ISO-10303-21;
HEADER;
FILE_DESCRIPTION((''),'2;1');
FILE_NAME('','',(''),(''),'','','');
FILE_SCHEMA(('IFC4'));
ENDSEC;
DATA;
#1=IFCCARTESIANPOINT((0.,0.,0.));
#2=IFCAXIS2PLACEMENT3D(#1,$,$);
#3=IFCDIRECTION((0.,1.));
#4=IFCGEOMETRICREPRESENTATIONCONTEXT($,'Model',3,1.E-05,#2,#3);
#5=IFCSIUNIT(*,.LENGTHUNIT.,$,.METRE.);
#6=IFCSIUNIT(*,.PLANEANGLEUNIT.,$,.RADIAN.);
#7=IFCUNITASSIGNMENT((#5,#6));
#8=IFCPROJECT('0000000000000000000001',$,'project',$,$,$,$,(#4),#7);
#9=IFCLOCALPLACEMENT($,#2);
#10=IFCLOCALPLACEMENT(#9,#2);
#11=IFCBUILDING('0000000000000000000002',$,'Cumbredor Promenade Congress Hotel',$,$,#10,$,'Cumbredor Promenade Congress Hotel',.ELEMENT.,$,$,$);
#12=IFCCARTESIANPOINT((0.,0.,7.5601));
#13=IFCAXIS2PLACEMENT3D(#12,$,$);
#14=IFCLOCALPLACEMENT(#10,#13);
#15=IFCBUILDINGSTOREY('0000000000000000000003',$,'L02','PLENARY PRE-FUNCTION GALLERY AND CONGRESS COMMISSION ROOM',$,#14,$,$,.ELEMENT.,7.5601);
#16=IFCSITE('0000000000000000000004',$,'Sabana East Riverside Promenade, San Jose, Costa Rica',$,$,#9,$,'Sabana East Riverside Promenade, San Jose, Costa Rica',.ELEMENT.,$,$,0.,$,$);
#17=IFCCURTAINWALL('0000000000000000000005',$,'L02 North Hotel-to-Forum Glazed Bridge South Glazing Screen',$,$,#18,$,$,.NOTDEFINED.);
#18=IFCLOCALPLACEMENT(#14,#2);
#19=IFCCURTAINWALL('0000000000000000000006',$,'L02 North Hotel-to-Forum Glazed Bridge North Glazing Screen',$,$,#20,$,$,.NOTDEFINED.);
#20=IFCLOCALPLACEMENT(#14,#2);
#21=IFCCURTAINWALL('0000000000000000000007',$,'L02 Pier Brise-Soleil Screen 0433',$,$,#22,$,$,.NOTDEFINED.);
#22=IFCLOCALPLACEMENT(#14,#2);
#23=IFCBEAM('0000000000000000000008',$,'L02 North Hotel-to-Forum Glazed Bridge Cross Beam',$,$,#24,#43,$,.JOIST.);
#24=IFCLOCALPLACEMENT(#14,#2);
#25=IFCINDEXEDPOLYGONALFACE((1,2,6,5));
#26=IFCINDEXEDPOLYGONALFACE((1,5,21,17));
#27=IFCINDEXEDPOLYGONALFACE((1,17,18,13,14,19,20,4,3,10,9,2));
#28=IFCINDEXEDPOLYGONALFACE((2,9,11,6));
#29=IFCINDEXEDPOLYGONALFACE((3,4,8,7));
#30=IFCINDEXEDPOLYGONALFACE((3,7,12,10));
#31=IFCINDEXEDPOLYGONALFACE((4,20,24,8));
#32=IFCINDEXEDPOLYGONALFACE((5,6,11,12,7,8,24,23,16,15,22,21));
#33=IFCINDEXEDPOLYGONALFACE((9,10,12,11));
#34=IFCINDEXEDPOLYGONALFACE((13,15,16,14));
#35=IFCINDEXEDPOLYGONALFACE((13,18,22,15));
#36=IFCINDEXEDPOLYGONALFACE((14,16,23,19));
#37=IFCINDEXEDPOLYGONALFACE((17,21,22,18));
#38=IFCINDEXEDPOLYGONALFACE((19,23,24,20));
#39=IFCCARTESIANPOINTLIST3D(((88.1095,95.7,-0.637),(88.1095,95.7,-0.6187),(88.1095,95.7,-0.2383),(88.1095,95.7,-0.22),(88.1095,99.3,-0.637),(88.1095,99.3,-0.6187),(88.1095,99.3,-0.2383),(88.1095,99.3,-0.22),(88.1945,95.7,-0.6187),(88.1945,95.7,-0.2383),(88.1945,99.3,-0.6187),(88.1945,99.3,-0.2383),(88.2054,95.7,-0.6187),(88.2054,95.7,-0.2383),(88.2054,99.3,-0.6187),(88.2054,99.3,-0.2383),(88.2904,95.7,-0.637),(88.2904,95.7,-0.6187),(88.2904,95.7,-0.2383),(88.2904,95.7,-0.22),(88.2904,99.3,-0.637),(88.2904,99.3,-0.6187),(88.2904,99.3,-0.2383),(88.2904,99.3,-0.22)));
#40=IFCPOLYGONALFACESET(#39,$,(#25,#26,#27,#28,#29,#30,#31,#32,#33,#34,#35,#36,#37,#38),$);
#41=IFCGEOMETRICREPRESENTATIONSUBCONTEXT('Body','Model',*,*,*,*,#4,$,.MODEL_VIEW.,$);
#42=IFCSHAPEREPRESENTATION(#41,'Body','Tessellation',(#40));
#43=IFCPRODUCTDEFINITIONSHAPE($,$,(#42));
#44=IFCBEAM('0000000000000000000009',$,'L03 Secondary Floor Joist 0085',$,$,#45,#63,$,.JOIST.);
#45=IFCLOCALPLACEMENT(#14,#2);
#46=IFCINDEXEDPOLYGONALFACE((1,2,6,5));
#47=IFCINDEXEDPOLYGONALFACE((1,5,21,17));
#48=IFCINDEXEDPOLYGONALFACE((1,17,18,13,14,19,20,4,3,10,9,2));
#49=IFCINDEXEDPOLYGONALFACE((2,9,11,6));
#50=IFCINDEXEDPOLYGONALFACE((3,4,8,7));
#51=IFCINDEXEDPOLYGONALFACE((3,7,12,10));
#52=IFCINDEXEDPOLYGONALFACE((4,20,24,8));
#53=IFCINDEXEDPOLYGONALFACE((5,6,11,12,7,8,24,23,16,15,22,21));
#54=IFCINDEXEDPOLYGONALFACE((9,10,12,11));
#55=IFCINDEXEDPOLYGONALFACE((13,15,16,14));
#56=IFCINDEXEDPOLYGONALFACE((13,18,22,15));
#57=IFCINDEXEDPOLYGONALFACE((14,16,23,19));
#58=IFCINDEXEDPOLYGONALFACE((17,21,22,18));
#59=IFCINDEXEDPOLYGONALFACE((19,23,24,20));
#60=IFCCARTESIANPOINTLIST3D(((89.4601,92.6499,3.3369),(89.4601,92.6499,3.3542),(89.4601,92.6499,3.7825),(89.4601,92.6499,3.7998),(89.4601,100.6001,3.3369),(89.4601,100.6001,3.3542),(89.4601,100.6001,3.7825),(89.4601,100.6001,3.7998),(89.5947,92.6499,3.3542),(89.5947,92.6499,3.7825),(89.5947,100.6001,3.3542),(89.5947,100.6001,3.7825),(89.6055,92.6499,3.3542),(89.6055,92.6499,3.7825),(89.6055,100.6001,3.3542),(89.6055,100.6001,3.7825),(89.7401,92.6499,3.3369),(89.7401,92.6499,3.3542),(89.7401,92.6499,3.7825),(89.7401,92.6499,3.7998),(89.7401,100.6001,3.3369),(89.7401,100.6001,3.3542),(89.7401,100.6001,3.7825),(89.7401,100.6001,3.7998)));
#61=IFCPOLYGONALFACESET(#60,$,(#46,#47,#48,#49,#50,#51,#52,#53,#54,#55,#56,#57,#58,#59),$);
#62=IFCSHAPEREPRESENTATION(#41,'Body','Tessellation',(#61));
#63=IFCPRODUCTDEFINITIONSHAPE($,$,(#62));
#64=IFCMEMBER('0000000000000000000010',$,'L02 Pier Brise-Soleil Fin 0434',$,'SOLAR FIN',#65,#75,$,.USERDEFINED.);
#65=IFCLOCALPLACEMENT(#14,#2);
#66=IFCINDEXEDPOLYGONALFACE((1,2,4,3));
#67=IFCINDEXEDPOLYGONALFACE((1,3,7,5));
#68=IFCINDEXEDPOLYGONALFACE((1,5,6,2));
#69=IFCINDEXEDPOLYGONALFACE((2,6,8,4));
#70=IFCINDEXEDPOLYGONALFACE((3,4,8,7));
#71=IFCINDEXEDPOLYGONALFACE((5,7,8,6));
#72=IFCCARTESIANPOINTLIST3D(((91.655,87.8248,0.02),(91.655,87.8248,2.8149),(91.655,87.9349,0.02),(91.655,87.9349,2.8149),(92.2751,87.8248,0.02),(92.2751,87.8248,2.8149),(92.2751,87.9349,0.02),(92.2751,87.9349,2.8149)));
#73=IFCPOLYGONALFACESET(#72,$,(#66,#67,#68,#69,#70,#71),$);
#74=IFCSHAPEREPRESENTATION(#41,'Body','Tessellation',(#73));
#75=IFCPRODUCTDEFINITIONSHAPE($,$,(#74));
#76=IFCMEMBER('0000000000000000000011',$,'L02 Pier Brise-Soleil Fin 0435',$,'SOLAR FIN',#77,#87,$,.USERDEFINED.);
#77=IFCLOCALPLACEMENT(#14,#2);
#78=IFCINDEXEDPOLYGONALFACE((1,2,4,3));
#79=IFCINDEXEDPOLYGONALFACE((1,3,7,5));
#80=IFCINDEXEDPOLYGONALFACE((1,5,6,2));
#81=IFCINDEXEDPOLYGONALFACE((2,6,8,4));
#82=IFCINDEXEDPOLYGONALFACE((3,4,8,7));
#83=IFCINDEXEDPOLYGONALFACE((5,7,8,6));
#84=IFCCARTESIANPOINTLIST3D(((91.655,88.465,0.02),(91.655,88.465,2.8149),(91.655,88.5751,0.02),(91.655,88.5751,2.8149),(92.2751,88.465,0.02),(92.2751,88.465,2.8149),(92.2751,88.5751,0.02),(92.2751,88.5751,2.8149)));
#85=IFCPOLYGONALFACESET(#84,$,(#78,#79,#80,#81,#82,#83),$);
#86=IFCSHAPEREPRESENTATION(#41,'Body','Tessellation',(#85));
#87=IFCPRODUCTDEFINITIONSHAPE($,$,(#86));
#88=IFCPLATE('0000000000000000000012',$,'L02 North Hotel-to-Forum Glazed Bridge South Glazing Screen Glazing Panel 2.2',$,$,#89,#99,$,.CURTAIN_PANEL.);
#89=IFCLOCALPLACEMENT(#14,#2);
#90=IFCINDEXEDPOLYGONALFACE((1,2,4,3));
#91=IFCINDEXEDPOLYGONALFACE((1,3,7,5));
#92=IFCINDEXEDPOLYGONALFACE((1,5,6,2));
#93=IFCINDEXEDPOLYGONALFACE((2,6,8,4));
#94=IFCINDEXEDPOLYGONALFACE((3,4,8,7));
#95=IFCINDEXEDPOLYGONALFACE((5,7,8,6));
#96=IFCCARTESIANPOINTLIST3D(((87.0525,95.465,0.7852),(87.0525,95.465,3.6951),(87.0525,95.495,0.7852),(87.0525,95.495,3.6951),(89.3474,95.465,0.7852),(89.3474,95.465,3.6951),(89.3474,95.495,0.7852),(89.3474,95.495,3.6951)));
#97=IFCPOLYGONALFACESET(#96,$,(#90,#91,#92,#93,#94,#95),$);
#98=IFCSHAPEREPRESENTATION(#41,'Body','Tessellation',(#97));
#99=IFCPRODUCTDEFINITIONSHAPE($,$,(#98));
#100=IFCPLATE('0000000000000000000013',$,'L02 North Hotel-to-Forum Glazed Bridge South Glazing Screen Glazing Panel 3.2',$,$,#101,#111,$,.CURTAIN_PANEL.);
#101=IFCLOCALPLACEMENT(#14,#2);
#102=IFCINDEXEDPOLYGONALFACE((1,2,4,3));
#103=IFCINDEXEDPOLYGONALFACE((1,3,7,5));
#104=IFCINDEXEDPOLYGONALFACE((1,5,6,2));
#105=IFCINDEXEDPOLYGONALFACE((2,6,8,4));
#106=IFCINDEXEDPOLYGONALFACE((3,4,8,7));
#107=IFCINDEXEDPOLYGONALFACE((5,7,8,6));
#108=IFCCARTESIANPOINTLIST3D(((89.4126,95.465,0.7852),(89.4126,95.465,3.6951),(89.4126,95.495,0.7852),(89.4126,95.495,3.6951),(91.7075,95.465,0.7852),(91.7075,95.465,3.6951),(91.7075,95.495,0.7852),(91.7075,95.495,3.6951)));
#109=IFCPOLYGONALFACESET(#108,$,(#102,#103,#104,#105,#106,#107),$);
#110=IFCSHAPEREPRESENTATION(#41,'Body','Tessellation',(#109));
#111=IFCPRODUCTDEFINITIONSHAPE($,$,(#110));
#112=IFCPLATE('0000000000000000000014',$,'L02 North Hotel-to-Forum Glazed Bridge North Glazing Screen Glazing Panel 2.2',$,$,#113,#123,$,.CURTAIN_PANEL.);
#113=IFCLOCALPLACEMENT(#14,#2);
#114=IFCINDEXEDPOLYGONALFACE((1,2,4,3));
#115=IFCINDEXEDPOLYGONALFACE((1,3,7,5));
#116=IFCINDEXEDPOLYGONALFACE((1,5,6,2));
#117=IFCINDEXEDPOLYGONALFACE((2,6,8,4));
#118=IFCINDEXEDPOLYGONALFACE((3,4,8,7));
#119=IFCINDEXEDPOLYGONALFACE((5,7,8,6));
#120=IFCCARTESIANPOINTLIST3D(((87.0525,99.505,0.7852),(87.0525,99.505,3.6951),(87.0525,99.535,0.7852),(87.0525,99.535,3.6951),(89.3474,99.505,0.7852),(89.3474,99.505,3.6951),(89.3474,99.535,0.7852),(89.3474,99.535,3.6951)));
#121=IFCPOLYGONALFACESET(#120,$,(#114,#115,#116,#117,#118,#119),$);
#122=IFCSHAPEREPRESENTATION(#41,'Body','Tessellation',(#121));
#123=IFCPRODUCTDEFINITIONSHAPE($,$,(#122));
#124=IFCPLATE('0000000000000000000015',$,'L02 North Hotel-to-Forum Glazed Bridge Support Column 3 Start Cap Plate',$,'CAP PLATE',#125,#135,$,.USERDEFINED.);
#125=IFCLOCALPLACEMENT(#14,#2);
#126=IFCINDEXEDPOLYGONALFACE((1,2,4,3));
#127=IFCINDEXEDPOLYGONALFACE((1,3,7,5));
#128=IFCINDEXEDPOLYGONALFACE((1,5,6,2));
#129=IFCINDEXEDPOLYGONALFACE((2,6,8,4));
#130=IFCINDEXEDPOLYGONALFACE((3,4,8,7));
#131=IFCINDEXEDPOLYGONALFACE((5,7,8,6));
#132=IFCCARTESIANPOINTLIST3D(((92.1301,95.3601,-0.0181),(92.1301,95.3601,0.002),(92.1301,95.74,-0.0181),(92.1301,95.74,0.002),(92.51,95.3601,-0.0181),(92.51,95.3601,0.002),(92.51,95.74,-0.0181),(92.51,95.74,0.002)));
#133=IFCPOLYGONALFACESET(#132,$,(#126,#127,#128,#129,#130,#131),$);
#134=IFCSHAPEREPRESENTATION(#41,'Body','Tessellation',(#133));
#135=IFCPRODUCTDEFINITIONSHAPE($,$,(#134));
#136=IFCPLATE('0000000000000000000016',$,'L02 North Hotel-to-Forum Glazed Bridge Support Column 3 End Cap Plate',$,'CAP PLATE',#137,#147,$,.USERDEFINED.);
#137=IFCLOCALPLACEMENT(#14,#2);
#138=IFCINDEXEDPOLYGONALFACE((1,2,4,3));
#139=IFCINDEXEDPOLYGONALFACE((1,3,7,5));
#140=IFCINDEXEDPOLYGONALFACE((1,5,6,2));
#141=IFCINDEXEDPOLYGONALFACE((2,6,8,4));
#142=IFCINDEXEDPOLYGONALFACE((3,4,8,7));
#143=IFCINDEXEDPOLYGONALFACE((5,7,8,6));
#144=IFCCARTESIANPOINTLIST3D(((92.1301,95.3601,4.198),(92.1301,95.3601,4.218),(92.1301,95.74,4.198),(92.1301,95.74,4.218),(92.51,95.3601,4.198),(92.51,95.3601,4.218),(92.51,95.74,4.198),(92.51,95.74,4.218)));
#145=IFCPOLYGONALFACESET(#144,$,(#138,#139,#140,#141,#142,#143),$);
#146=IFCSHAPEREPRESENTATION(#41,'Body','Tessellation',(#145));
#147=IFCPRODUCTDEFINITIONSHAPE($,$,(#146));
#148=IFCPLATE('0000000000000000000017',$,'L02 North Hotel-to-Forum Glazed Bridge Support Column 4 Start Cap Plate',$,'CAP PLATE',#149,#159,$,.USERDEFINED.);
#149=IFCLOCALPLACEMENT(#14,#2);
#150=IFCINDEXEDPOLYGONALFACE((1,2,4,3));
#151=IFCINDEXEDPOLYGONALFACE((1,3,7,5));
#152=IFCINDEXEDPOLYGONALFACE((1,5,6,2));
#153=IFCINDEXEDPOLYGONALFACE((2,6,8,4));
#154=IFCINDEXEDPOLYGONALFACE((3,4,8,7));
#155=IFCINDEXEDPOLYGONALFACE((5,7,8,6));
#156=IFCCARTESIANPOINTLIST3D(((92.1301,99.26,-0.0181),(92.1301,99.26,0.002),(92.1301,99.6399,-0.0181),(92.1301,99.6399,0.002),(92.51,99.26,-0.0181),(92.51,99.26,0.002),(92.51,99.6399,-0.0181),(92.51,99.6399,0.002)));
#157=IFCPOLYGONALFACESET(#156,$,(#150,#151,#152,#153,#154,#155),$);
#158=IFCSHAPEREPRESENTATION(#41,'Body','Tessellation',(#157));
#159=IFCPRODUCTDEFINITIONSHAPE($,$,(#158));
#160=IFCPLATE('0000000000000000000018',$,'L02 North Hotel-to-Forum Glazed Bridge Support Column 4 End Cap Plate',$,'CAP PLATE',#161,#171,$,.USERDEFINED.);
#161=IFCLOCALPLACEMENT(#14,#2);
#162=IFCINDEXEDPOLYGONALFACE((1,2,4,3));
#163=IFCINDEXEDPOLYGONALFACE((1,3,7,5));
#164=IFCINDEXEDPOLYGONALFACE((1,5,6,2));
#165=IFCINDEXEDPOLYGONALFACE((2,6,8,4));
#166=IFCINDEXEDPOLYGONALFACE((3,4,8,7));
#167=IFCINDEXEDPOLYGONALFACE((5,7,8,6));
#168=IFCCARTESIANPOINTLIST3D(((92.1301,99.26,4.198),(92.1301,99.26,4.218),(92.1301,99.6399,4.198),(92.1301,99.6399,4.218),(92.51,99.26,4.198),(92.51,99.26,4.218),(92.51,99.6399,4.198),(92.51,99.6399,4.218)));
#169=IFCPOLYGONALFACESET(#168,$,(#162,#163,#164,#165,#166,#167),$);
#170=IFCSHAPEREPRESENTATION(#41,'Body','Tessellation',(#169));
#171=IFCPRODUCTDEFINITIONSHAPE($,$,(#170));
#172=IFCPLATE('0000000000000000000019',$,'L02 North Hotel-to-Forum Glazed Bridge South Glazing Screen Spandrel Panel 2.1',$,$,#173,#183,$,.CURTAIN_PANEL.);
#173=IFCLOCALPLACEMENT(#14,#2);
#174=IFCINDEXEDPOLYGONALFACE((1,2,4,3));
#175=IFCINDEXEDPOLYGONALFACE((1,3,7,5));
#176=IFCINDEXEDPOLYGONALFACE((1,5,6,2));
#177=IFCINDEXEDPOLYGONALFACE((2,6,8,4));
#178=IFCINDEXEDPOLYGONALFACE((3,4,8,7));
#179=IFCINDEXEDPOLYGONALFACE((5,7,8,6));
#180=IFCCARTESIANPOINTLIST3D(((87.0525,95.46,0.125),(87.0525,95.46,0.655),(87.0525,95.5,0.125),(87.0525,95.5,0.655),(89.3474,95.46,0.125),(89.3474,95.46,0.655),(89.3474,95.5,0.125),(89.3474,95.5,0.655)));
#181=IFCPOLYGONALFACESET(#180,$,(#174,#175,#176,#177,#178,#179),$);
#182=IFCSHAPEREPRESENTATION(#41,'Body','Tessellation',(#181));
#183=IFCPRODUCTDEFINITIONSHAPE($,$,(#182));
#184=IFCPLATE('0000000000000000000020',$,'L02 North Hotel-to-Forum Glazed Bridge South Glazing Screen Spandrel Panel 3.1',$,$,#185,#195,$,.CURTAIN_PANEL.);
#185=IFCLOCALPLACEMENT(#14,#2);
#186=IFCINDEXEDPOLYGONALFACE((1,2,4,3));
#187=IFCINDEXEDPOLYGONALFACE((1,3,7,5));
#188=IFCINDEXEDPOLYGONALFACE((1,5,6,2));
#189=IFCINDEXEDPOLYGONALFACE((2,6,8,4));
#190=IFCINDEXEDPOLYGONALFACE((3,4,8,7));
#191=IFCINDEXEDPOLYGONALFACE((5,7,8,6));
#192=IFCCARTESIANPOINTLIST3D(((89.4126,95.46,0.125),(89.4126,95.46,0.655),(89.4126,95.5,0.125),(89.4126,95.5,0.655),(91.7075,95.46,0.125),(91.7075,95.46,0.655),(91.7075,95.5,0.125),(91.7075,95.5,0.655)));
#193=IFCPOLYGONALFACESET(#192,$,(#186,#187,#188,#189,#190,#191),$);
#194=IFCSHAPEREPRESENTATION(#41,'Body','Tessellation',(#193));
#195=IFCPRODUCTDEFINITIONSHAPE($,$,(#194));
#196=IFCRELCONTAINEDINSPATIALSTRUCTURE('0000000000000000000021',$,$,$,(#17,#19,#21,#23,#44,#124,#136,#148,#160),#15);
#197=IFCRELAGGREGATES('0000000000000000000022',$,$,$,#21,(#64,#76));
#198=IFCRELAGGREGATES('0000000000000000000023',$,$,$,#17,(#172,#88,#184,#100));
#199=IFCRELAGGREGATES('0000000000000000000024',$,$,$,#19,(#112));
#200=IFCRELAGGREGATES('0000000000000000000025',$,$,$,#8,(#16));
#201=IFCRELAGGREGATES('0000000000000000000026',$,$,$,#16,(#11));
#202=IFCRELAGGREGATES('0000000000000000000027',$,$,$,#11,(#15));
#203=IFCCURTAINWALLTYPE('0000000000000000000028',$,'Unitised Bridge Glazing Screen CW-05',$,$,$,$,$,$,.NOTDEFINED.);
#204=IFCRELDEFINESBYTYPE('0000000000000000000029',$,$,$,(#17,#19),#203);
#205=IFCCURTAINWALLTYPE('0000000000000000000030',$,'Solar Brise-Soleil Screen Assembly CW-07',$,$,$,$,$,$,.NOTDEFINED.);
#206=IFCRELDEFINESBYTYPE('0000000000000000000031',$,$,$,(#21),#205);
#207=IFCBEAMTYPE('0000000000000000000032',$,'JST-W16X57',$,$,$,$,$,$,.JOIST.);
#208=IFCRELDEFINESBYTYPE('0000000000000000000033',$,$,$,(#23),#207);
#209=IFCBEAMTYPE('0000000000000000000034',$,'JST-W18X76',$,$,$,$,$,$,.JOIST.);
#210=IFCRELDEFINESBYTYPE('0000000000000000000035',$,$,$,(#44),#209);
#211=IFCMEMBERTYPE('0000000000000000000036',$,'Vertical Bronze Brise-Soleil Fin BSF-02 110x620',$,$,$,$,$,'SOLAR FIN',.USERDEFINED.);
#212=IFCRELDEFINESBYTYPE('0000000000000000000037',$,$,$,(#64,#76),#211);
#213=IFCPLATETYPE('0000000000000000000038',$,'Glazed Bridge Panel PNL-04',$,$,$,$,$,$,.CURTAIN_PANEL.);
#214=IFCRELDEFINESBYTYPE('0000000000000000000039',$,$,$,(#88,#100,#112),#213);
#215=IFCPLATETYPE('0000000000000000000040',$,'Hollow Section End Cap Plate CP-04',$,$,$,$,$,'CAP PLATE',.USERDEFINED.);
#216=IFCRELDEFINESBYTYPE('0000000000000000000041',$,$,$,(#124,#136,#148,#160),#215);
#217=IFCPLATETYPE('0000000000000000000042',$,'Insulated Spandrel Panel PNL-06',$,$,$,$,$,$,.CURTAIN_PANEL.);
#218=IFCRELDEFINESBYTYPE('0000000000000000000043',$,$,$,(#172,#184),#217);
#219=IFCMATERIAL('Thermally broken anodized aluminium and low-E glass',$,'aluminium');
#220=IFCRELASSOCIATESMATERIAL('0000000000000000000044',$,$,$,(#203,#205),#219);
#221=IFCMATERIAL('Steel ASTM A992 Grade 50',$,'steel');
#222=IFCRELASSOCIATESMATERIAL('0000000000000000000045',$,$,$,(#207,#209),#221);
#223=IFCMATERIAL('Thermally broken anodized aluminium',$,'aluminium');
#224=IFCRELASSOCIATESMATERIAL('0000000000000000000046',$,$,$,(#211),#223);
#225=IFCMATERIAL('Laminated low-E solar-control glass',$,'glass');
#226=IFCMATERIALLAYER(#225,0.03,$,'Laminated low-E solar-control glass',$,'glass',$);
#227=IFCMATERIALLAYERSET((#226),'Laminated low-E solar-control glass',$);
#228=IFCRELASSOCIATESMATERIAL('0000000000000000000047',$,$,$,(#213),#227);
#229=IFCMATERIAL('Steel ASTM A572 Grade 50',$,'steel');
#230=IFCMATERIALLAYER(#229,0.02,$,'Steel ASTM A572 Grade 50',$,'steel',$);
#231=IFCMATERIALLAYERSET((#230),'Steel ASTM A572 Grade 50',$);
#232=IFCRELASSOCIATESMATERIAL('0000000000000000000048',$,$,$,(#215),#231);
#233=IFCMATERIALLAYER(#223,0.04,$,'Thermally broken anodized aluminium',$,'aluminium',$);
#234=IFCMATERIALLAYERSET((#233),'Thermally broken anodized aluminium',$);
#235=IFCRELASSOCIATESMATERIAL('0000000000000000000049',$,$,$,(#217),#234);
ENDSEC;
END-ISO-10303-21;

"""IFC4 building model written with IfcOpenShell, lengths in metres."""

from ifc_helpers import new_model, si_unit, direction, frame, origin, origin_2d, place, context, subcontext, project, spatial, rectangle, i_section, extrude, material, layer, layer_set, material_profile, profile_set, type_object, element, aggregate, save


model = new_model("IFC4")

# Units and contexts
model_context = context("Model", 3, precision=1e-05, world=origin(), true_north=direction((0.0, 1.0)))
body_context = subcontext(model_context, "Body", "Model", "MODEL_VIEW")
ifc_project = project(units=[si_unit("LENGTHUNIT", "METRE"), si_unit("PLANEANGLEUNIT", "RADIAN")], contexts=[model_context])

# Site, building, storey
site_placement = place(None, origin())
site = spatial("IfcSite", under=ifc_project, at=site_placement, Name="Sabana East Riverside Promenade, San Jose, Costa Rica", LongName="Sabana East Riverside Promenade, San Jose, Costa Rica", CompositionType="ELEMENT", RefElevation=0.0)
building_placement = place(site_placement, origin())
building = spatial("IfcBuilding", under=site, at=building_placement, Name="Cumbredor Promenade Congress Hotel", LongName="Cumbredor Promenade Congress Hotel", CompositionType="ELEMENT")
storey_placement = place(building_placement, frame((0.0, 0.0, 7.5601)))
storey = spatial("IfcBuildingStorey", under=building, at=storey_placement, Name="L02", Description="PLENARY PRE-FUNCTION GALLERY AND CONGRESS COMMISSION ROOM", CompositionType="ELEMENT", Elevation=7.5601)

# Curtain wall
ifc_material_1 = material(Name="Thermally broken anodized aluminium and low-E glass", Category="aluminium")
curtain_wall_type_1 = type_object("IfcCurtainWallType", Name="Unitised Bridge Glazing Screen CW-05", PredefinedType="NOTDEFINED", material=ifc_material_1)
curtain_wall_1_placement = place(storey_placement, origin())
curtain_wall_1 = element("IfcCurtainWall", 1, at=curtain_wall_1_placement, inside=storey, type_object=curtain_wall_type_1, Name="L02 North Hotel-to-Forum Glazed Bridge South Glazing Screen", PredefinedType="NOTDEFINED")
ifc_material_2 = material(Name="Thermally broken anodized aluminium", Category="aluminium")

# Curtain walls
curtain_wall_2_placement = place(storey_placement, origin())
curtain_wall_2 = element("IfcCurtainWall", 2, at=curtain_wall_2_placement, inside=storey, type_object=curtain_wall_type_1, Name="L02 North Hotel-to-Forum Glazed Bridge North Glazing Screen", PredefinedType="NOTDEFINED")
curtain_wall_type_2 = type_object("IfcCurtainWallType", Name="Solar Brise-Soleil Screen Assembly CW-07", PredefinedType="NOTDEFINED", material=ifc_material_1)
curtain_wall_3_placement = place(storey_placement, origin())
curtain_wall_3 = element("IfcCurtainWall", 3, at=curtain_wall_3_placement, inside=storey, type_object=curtain_wall_type_2, Name="L02 Pier Brise-Soleil Screen 0433", PredefinedType="NOTDEFINED")

# Beams
ifc_material_3 = material(Name="Steel ASTM A992 Grade 50", Category="steel")
ifc_material_profile_1 = material_profile(ifc_material_3, i_section(OverallWidth=0.1809, OverallDepth=0.417, WebThickness=0.011, FlangeThickness=0.0183, at=origin_2d()), Name="W16X57")
ifc_profile_set_1 = profile_set([ifc_material_profile_1], Name="Steel ASTM A992 Grade 50")
beam_type_1 = type_object("IfcBeamType", Name="JST-W16X57", PredefinedType="JOIST", material=ifc_profile_set_1)
beam_1_placement = place(storey_placement, frame((88.2, 95.7, -0.4285), z_axis=(0.0, 1.0, 0.0), x_axis=(-1.0, 0.0, 0.0)))
element("IfcBeam", 4, at=beam_1_placement, inside=storey, type_object=beam_type_1, Name="L02 North Hotel-to-Forum Glazed Bridge Cross Beam", PredefinedType="JOIST", context=body_context, shape_type="SweptSolid", body=[
    extrude(i_section(OverallWidth=0.1809, OverallDepth=0.417, WebThickness=0.011, FlangeThickness=0.0183, at=origin_2d()), origin(), (0.0, 0.0, 1.0), 3.6001),
])
ifc_material_profile_2 = material_profile(ifc_material_3, i_section(OverallWidth=0.28, OverallDepth=0.4629, WebThickness=0.0107, FlangeThickness=0.0173, at=origin_2d()), Name="W18X76")
ifc_profile_set_2 = profile_set([ifc_material_profile_2], Name="Steel ASTM A992 Grade 50")
beam_type_2 = type_object("IfcBeamType", Name="JST-W18X76", PredefinedType="JOIST", material=ifc_profile_set_2)
beam_2_placement = place(storey_placement, frame((89.6001, 92.6499, 3.5684), z_axis=(0.0, 1.0, 0.0), x_axis=(-1.0, 0.0, 0.0)))
element("IfcBeam", 5, at=beam_2_placement, inside=storey, type_object=beam_type_2, Name="L03 Secondary Floor Joist 0085", PredefinedType="JOIST", context=body_context, shape_type="SweptSolid", body=[
    extrude(i_section(OverallWidth=0.28, OverallDepth=0.4629, WebThickness=0.0107, FlangeThickness=0.0173, at=origin_2d()), origin(), (0.0, 0.0, 1.0), 7.9502),
])

# Members
ifc_material_profile_3 = material_profile(ifc_material_2, rectangle(XDim=0.1101, YDim=0.6201, at=origin_2d()), Name="ARCH FIN 110x620")
ifc_profile_set_3 = profile_set([ifc_material_profile_3], Name="Thermally broken anodized aluminium")
member_type_1 = type_object("IfcMemberType", Name="Vertical Bronze Brise-Soleil Fin BSF-02 110x620", ElementType="SOLAR FIN", PredefinedType="USERDEFINED", material=ifc_profile_set_3)
member_1_placement = place(storey_placement, frame((91.9651, 87.8799, 0.02), z_axis=(0.0, 0.0, 1.0), x_axis=(0.0, 1.0, 0.0)))
member_1 = element("IfcMember", 6, at=member_1_placement, type_object=member_type_1, Name="L02 Pier Brise-Soleil Fin 0434", ObjectType="SOLAR FIN", PredefinedType="USERDEFINED", context=body_context, shape_type="SweptSolid", body=[
    extrude(rectangle(XDim=0.1101, YDim=0.6201, at=origin_2d()), origin(), (0.0, 0.0, 1.0), 2.7949),
])
member_2_placement = place(storey_placement, frame((91.9651, 88.52, 0.02), z_axis=(0.0, 0.0, 1.0), x_axis=(0.0, 1.0, 0.0)))
member_2 = element("IfcMember", 7, at=member_2_placement, type_object=member_type_1, Name="L02 Pier Brise-Soleil Fin 0435", ObjectType="SOLAR FIN", PredefinedType="USERDEFINED", context=body_context, shape_type="SweptSolid", body=[
    extrude(rectangle(XDim=0.1101, YDim=0.6201, at=origin_2d()), origin(), (0.0, 0.0, 1.0), 2.7949),
])
aggregate(curtain_wall_3, [member_1, member_2])

# Plates
ifc_material_4 = material(Name="Laminated low-E solar-control glass", Category="glass")
ifc_layer_1 = layer(ifc_material_4, 0.03, Name="Laminated low-E solar-control glass", Category="glass")
ifc_layer_set_1 = layer_set([ifc_layer_1], Name="Laminated low-E solar-control glass")
plate_type_1 = type_object("IfcPlateType", Name="Glazed Bridge Panel PNL-04", PredefinedType="CURTAIN_PANEL", material=ifc_layer_set_1)
plate_1_placement = place(storey_placement, frame((88.2, 95.48, 0.7852), z_axis=(0.0, 0.0, 1.0), x_axis=(1.0, 0.0, 0.0)))
plate_1 = element("IfcPlate", 8, at=plate_1_placement, type_object=plate_type_1, Name="L02 North Hotel-to-Forum Glazed Bridge South Glazing Screen Glazing Panel 2.2", PredefinedType="CURTAIN_PANEL", context=body_context, shape_type="SweptSolid", body=[
    extrude(rectangle(XDim=2.2949, YDim=0.03, at=origin_2d()), origin(), (0.0, 0.0, 1.0), 2.9099),
])
plate_2_placement = place(storey_placement, frame((90.5601, 95.48, 0.7852), z_axis=(0.0, 0.0, 1.0), x_axis=(1.0, 0.0, 0.0)))
plate_2 = element("IfcPlate", 9, at=plate_2_placement, type_object=plate_type_1, Name="L02 North Hotel-to-Forum Glazed Bridge South Glazing Screen Glazing Panel 3.2", PredefinedType="CURTAIN_PANEL", context=body_context, shape_type="SweptSolid", body=[
    extrude(rectangle(XDim=2.2949, YDim=0.03, at=origin_2d()), origin(), (0.0, 0.0, 1.0), 2.9099),
])
plate_3_placement = place(storey_placement, frame((88.2, 99.52, 0.7852), z_axis=(0.0, 0.0, 1.0), x_axis=(1.0, 0.0, 0.0)))
plate_3 = element("IfcPlate", 10, at=plate_3_placement, type_object=plate_type_1, Name="L02 North Hotel-to-Forum Glazed Bridge North Glazing Screen Glazing Panel 2.2", PredefinedType="CURTAIN_PANEL", context=body_context, shape_type="SweptSolid", body=[
    extrude(rectangle(XDim=2.2949, YDim=0.03, at=origin_2d()), origin(), (0.0, 0.0, 1.0), 2.9099),
])

# Plates
ifc_material_5 = material(Name="Steel ASTM A572 Grade 50", Category="steel")
ifc_layer_2 = layer(ifc_material_5, 0.02, Name="Steel ASTM A572 Grade 50", Category="steel")
ifc_layer_set_2 = layer_set([ifc_layer_2], Name="Steel ASTM A572 Grade 50")
plate_type_2 = type_object("IfcPlateType", Name="Hollow Section End Cap Plate CP-04", ElementType="CAP PLATE", PredefinedType="USERDEFINED", material=ifc_layer_set_2)
for number, where, z_axis, x_axis, name in (
    (11, (92.3201, 95.55, -0.0181), (0.0, 0.0, 1.0), (1.0, 0.0, 0.0), "L02 North Hotel-to-Forum Glazed Bridge Support Column 3 Start Cap Plate"),
    (12, (92.3201, 95.55, 4.198), (0.0, 0.0, 1.0), (1.0, 0.0, 0.0), "L02 North Hotel-to-Forum Glazed Bridge Support Column 3 End Cap Plate"),
    (13, (92.3201, 99.45, -0.0181), (0.0, 0.0, 1.0), (1.0, 0.0, 0.0), "L02 North Hotel-to-Forum Glazed Bridge Support Column 4 Start Cap Plate"),
    (14, (92.3201, 99.45, 4.198), (0.0, 0.0, 1.0), (1.0, 0.0, 0.0), "L02 North Hotel-to-Forum Glazed Bridge Support Column 4 End Cap Plate"),
):
    element("IfcPlate", number, at=place(storey_placement, frame(where, z_axis=z_axis, x_axis=x_axis)), inside=storey, type_object=plate_type_2, Name=name, ObjectType="CAP PLATE", PredefinedType="USERDEFINED", context=body_context, shape_type="SweptSolid", body=[
        extrude(rectangle(XDim=0.3799, YDim=0.3799, at=origin_2d()), origin(), (0.0, 0.0, 1.0), 0.02),
    ])

# Plates
ifc_layer_3 = layer(ifc_material_2, 0.04, Name="Thermally broken anodized aluminium", Category="aluminium")
ifc_layer_set_3 = layer_set([ifc_layer_3], Name="Thermally broken anodized aluminium")
plate_type_3 = type_object("IfcPlateType", Name="Insulated Spandrel Panel PNL-06", PredefinedType="CURTAIN_PANEL", material=ifc_layer_set_3)
plate_4_placement = place(storey_placement, frame((88.2, 95.48, 0.125), z_axis=(0.0, 0.0, 1.0), x_axis=(1.0, 0.0, 0.0)))
plate_4 = element("IfcPlate", 15, at=plate_4_placement, type_object=plate_type_3, Name="L02 North Hotel-to-Forum Glazed Bridge South Glazing Screen Spandrel Panel 2.1", PredefinedType="CURTAIN_PANEL", context=body_context, shape_type="SweptSolid", body=[
    extrude(rectangle(XDim=2.2949, YDim=0.04, at=origin_2d()), origin(), (0.0, 0.0, 1.0), 0.53),
])
plate_5_placement = place(storey_placement, frame((90.5601, 95.48, 0.125), z_axis=(0.0, 0.0, 1.0), x_axis=(1.0, 0.0, 0.0)))
plate_5 = element("IfcPlate", 16, at=plate_5_placement, type_object=plate_type_3, Name="L02 North Hotel-to-Forum Glazed Bridge South Glazing Screen Spandrel Panel 3.1", PredefinedType="CURTAIN_PANEL", context=body_context, shape_type="SweptSolid", body=[
    extrude(rectangle(XDim=2.2949, YDim=0.04, at=origin_2d()), origin(), (0.0, 0.0, 1.0), 0.53),
])
aggregate(curtain_wall_1, [plate_4, plate_1, plate_5, plate_2])
aggregate(curtain_wall_2, [plate_3])

save(model, "model.ifc")
